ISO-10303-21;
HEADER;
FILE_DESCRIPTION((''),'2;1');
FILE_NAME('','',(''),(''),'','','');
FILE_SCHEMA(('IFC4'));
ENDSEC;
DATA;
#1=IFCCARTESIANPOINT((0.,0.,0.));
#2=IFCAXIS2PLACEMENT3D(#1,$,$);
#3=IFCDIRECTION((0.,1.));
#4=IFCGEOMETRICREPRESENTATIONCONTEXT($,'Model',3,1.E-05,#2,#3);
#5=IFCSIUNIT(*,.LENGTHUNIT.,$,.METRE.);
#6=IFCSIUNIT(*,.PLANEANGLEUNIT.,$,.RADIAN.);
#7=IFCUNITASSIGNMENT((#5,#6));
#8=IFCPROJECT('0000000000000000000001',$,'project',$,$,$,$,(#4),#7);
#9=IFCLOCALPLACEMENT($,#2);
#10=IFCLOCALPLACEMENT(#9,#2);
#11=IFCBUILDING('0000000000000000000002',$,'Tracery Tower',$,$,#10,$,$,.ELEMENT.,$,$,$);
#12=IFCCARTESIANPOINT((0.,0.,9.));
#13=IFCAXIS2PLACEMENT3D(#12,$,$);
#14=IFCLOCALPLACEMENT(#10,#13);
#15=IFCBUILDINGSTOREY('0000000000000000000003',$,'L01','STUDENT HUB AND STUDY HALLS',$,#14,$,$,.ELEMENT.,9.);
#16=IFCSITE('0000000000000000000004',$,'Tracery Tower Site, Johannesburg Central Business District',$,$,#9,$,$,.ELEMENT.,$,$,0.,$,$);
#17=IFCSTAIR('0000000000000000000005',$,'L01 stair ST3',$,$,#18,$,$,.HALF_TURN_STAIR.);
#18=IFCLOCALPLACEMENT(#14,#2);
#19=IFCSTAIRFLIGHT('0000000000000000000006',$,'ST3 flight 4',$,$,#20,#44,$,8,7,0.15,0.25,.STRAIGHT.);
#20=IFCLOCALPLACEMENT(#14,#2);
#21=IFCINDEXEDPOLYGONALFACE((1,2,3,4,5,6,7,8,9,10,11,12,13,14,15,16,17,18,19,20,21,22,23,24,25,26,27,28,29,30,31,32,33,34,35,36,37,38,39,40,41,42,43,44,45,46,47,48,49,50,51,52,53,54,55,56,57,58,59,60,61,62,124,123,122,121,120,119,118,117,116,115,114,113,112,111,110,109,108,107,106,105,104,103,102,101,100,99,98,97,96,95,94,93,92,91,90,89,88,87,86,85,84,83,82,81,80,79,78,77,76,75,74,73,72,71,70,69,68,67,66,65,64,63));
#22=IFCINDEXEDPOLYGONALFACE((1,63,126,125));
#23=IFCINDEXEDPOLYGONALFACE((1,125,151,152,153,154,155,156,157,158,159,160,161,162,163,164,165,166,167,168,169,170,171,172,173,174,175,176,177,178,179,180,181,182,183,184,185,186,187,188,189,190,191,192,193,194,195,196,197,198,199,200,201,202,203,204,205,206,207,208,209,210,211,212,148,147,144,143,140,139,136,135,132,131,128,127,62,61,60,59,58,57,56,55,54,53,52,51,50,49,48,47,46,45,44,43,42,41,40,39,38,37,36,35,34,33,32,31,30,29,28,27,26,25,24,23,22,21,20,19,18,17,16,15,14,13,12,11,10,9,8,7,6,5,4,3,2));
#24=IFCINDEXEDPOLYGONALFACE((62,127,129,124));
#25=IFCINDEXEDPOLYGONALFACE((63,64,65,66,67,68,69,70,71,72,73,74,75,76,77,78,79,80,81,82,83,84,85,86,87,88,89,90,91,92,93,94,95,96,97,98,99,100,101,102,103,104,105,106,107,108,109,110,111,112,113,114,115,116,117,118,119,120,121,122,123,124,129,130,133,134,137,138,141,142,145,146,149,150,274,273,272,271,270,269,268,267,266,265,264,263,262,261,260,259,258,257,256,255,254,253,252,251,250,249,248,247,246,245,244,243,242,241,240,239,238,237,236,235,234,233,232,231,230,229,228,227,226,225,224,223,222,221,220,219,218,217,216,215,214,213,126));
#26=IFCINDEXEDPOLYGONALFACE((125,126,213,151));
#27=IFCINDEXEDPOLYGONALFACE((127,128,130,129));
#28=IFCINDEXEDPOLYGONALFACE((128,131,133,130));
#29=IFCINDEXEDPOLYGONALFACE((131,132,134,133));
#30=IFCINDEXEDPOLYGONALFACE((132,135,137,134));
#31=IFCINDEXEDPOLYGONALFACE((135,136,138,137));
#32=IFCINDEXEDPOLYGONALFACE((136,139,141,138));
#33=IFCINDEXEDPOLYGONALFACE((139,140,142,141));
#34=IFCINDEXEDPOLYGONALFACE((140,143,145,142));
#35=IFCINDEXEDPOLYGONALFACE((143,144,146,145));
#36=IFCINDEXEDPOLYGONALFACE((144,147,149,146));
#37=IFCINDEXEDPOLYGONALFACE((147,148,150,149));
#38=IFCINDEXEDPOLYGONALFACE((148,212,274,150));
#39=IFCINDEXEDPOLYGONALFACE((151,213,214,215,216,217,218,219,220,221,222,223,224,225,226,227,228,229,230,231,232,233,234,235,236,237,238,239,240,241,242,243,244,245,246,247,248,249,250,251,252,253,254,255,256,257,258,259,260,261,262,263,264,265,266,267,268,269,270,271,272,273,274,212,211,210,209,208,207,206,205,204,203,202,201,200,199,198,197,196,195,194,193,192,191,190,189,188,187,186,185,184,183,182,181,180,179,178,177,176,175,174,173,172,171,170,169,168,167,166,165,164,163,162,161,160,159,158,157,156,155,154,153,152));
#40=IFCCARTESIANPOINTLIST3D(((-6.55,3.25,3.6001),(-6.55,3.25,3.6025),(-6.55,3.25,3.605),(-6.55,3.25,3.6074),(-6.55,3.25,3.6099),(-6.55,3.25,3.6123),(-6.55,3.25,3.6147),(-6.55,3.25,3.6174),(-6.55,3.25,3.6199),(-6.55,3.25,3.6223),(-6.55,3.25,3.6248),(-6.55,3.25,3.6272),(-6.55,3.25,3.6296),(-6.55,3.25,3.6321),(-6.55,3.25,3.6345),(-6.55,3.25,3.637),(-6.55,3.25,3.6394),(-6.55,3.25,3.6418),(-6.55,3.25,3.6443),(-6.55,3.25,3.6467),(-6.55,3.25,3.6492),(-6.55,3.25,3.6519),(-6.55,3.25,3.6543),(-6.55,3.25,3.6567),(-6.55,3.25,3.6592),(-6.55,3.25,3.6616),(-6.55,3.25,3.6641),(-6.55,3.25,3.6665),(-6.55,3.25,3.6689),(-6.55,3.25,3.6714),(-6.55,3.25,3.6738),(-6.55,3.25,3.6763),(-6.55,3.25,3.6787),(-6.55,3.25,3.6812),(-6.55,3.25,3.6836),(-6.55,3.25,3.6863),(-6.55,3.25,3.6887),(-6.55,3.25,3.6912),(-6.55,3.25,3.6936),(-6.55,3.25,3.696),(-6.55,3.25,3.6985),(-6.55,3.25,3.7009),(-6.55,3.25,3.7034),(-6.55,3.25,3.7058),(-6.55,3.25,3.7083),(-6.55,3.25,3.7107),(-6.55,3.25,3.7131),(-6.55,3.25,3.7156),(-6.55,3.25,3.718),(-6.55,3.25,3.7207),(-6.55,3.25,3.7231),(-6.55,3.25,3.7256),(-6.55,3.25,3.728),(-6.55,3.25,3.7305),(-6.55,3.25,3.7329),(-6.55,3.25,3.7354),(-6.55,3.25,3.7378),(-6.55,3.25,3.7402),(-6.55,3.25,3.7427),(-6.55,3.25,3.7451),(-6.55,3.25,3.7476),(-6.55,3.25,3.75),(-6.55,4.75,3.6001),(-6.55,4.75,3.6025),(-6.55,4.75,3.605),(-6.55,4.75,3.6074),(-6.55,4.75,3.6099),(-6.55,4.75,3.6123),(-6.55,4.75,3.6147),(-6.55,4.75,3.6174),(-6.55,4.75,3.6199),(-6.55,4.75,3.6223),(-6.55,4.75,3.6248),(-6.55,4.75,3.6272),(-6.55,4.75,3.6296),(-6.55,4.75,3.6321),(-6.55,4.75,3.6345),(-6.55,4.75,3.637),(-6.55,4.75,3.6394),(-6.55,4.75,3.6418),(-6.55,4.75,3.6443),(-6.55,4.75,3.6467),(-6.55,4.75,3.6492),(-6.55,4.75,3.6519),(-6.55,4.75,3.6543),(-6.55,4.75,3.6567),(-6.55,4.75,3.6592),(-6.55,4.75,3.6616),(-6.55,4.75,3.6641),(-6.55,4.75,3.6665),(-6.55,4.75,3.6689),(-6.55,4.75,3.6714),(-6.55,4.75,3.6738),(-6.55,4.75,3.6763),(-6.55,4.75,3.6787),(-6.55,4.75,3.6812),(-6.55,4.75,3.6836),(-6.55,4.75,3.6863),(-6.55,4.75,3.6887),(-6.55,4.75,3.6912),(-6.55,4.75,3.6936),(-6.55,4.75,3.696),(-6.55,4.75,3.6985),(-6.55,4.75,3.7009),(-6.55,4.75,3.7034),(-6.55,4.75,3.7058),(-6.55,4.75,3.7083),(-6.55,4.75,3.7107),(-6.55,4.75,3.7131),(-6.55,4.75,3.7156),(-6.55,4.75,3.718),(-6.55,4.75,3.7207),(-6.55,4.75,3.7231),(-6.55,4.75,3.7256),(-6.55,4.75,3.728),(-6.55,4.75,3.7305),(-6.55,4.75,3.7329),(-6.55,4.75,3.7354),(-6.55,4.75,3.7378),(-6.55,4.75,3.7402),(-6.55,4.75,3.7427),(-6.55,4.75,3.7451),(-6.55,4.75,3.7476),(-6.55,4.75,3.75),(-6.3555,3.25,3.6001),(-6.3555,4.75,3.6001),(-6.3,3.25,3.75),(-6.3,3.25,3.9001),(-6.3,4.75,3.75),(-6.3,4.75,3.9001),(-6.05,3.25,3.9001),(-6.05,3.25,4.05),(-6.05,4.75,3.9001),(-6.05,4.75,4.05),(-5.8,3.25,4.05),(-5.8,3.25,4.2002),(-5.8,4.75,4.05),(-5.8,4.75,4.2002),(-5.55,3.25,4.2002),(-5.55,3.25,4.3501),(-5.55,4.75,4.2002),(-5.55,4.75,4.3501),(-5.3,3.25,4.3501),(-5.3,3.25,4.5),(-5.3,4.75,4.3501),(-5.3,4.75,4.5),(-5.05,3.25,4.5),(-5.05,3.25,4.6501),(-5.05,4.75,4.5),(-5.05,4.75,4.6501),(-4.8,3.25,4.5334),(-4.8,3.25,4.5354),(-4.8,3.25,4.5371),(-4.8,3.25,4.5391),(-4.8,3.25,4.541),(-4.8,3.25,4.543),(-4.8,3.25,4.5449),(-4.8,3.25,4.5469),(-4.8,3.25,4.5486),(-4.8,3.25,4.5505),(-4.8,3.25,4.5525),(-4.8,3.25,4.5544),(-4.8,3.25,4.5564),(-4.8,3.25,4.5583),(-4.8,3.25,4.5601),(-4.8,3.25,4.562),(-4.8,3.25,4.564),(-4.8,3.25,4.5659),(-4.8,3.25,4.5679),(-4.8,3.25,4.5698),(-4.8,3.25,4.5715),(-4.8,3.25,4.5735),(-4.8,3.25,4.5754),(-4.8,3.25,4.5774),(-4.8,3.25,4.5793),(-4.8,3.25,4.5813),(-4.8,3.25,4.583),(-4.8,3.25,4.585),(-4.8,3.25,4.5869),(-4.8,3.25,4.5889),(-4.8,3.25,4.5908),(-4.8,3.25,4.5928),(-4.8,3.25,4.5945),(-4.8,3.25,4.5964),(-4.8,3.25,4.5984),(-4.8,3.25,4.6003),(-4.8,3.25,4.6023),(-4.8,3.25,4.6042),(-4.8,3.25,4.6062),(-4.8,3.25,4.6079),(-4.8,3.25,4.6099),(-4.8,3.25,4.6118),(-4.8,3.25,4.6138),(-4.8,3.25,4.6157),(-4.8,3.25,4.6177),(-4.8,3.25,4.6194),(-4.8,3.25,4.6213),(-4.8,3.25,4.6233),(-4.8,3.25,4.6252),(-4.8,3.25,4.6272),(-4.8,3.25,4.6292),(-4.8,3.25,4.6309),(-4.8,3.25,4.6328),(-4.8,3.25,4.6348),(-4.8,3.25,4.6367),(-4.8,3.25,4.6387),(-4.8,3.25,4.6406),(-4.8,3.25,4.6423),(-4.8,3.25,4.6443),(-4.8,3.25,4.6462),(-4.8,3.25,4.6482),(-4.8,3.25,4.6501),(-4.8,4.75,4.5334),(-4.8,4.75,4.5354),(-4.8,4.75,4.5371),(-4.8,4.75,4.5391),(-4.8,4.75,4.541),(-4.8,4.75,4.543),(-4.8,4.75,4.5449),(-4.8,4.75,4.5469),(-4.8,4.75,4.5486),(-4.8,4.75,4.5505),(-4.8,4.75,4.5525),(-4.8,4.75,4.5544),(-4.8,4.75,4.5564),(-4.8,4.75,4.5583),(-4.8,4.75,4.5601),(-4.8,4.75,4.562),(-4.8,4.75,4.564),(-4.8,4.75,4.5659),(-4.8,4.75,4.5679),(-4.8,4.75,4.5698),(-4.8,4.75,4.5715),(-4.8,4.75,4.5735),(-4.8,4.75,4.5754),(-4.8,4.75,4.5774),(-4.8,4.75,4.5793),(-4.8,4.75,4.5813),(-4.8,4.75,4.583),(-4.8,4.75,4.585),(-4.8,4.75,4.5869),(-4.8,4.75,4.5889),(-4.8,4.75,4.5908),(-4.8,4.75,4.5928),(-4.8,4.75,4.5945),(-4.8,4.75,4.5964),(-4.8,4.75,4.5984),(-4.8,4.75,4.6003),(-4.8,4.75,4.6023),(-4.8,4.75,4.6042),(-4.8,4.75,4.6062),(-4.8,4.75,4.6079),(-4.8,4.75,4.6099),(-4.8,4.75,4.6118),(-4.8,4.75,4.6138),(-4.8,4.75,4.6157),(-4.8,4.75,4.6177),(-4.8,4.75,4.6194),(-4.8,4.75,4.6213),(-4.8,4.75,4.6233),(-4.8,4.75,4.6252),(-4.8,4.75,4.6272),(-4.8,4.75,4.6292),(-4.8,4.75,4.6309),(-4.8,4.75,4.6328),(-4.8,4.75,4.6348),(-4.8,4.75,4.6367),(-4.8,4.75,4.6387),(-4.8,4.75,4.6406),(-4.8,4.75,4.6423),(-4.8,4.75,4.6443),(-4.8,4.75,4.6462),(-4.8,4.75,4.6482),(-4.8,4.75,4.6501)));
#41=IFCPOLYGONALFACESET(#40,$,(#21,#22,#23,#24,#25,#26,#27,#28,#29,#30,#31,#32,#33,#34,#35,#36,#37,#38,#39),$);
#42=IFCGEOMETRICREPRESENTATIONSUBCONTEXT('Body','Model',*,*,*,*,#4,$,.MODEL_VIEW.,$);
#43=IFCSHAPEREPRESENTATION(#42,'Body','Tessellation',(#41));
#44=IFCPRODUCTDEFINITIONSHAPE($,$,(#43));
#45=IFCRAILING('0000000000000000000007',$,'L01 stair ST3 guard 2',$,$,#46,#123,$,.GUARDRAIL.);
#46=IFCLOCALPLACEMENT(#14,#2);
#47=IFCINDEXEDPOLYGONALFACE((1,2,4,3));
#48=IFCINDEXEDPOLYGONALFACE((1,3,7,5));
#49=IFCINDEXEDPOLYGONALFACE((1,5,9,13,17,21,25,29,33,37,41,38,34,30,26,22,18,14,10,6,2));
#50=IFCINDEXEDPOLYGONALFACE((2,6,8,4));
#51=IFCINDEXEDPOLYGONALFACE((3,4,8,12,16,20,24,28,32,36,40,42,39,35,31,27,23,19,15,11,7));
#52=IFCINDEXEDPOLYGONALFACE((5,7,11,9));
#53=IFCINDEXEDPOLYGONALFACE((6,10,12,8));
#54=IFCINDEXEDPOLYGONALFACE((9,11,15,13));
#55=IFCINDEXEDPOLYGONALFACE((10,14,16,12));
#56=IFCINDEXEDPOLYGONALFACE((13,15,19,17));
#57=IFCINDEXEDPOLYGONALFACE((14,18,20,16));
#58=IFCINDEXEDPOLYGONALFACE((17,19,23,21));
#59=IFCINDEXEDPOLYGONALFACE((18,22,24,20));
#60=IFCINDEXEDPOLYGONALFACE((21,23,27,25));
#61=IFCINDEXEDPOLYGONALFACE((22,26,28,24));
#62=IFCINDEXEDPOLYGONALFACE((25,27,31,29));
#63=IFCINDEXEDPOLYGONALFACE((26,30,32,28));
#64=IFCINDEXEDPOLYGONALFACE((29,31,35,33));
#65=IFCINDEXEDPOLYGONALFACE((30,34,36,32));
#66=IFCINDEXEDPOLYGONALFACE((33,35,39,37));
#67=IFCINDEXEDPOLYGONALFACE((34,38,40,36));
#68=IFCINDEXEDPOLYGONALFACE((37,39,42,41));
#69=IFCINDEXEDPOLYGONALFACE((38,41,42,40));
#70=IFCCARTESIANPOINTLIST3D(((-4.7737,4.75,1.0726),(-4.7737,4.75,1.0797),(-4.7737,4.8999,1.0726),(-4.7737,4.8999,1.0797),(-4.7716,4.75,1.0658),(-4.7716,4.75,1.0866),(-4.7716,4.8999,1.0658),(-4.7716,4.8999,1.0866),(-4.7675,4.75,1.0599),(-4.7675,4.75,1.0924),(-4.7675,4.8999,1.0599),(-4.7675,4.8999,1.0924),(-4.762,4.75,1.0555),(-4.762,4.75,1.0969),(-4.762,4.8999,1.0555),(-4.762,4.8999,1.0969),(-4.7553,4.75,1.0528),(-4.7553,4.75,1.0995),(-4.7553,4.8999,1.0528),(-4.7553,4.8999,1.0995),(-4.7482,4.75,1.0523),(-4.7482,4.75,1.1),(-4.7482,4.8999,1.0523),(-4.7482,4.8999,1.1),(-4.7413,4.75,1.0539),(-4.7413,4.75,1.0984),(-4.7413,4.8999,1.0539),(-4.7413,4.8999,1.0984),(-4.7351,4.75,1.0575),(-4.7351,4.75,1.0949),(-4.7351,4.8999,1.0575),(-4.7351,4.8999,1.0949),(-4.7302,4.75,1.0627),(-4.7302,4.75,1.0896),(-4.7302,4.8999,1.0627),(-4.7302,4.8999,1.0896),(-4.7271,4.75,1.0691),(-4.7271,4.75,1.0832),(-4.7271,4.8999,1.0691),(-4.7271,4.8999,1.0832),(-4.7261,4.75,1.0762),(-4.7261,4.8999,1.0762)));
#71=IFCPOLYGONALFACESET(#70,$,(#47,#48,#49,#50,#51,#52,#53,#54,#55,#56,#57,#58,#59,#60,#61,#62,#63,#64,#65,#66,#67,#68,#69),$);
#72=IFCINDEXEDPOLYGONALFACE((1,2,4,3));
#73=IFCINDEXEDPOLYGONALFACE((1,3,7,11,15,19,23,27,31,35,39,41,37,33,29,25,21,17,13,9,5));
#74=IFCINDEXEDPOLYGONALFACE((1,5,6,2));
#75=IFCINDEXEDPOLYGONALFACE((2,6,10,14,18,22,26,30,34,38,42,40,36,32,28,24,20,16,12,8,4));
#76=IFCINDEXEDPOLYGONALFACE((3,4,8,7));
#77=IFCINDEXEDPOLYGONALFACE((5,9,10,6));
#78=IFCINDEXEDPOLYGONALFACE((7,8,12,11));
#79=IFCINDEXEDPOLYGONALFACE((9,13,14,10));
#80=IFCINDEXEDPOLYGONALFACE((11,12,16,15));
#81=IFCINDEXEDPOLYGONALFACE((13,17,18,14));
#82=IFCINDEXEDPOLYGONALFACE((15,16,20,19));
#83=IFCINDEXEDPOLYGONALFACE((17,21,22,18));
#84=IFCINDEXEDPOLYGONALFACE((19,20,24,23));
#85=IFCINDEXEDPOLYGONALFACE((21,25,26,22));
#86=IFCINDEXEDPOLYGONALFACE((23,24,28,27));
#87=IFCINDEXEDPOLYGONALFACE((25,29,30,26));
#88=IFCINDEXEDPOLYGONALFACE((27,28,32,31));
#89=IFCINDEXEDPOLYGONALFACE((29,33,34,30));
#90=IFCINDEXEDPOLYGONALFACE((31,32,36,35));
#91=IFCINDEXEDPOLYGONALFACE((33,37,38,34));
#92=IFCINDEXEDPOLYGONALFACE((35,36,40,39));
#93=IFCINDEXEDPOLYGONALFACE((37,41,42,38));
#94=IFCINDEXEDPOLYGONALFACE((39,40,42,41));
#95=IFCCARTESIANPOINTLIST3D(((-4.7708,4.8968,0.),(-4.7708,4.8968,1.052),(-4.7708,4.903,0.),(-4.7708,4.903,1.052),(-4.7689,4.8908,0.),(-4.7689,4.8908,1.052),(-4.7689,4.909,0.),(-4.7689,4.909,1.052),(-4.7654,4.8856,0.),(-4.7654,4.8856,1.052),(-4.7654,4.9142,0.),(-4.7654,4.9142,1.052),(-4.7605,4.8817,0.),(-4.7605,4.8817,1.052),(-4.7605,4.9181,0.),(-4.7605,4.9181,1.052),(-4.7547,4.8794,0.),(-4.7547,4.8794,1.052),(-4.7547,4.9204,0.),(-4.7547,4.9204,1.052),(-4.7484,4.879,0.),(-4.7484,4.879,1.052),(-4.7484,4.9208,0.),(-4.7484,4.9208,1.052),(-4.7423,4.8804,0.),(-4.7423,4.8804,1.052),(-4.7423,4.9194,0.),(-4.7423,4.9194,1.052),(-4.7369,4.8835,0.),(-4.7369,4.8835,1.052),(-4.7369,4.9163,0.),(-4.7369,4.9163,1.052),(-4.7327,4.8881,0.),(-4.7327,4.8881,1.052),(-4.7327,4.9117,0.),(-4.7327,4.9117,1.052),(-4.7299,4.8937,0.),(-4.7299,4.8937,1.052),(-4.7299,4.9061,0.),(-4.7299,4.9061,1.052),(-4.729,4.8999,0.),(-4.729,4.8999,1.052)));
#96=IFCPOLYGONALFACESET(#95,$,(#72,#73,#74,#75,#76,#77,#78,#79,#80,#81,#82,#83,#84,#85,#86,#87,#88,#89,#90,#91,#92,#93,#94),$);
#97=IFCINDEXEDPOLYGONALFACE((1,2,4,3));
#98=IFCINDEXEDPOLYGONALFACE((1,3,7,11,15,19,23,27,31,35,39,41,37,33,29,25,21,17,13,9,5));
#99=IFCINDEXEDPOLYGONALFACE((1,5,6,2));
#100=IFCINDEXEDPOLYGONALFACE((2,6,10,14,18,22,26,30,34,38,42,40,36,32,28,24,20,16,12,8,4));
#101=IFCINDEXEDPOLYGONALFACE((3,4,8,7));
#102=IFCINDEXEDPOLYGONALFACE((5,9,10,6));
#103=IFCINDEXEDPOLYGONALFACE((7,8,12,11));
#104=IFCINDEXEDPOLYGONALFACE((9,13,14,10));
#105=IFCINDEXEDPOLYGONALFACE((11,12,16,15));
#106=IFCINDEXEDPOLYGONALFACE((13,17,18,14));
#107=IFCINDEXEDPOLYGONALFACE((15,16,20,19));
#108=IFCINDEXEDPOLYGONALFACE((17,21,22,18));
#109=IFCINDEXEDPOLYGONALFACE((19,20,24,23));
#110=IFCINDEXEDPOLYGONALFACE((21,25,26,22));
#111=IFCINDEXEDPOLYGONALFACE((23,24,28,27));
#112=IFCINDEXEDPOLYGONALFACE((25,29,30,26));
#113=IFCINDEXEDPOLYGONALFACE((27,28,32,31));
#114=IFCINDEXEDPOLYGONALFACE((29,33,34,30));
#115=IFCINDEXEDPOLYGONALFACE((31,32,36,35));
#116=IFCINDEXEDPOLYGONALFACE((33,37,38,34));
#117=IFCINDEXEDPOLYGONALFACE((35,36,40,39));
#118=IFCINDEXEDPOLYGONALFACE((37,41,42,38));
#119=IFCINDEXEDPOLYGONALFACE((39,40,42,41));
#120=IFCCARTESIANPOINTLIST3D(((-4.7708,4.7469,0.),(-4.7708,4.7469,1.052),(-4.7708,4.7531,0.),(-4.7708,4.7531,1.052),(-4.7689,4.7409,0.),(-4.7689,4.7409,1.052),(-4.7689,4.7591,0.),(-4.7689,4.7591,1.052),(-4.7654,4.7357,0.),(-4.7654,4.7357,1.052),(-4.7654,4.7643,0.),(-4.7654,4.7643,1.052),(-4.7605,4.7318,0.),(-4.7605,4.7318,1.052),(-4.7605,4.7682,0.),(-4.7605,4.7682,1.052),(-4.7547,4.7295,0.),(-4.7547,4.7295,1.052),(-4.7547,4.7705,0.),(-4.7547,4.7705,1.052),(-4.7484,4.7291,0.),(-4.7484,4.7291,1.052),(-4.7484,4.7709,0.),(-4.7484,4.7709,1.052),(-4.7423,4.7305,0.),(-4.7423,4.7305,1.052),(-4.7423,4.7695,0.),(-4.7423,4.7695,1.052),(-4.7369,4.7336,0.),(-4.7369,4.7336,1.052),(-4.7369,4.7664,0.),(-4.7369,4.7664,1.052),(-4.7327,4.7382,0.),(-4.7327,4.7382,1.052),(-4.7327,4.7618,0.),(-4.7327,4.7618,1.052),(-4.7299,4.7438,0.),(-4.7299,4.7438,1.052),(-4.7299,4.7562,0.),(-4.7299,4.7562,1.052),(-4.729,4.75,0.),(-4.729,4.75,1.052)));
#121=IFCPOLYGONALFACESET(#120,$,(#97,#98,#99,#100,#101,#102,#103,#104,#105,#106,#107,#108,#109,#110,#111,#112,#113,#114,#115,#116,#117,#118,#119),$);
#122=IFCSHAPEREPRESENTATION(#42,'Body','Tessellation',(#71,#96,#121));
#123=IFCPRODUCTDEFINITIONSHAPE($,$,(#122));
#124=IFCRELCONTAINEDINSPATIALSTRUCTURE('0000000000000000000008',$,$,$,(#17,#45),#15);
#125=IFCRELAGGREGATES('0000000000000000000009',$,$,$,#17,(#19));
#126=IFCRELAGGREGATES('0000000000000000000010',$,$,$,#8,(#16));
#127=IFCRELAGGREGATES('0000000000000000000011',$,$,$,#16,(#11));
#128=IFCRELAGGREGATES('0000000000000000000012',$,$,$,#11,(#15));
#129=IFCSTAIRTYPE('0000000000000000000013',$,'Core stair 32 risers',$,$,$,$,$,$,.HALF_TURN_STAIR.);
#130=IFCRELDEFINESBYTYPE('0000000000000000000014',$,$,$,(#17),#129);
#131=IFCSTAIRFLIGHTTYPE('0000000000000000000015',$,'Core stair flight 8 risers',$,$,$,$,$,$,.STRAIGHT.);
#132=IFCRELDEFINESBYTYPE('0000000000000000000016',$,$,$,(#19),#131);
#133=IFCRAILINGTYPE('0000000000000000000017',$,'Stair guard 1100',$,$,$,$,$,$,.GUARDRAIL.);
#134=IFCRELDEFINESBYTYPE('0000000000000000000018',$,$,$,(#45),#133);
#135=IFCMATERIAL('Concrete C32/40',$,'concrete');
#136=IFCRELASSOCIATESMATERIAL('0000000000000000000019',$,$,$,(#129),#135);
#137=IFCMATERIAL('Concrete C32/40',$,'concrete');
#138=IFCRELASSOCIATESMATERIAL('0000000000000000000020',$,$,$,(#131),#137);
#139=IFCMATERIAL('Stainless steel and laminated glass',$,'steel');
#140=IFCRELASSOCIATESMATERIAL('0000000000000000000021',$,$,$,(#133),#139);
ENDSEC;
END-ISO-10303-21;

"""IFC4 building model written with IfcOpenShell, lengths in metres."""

from ifc_helpers import new_model, si_unit, direction, frame, origin, origin_2d, place, context, subcontext, project, spatial, polyline, circle, outline, extrude, material, type_object, element, aggregate, save


model = new_model("IFC4")

# Units and contexts
model_context = context("Model", 3, precision=1e-05, world=origin(), true_north=direction((0.0, 1.0)))
body_context = subcontext(model_context, "Body", "Model", "MODEL_VIEW")
ifc_project = project(units=[si_unit("LENGTHUNIT", "METRE"), si_unit("PLANEANGLEUNIT", "RADIAN")], contexts=[model_context])

# Site, building, storey
site_placement = place(None, origin())
site = spatial("IfcSite", under=ifc_project, at=site_placement, Name="Tracery Tower Site, Johannesburg Central Business District", CompositionType="ELEMENT", RefElevation=0.0)
building_placement = place(site_placement, origin())
building = spatial("IfcBuilding", under=site, at=building_placement, Name="Tracery Tower", CompositionType="ELEMENT")
storey_placement = place(building_placement, frame((0.0, 0.0, 9.0)))
storey = spatial("IfcBuildingStorey", under=building, at=storey_placement, Name="L01", Description="STUDENT HUB AND STUDY HALLS", CompositionType="ELEMENT", Elevation=9.0)

# Stair, stair flight
ifc_material_1 = material(Name="Concrete C32/40", Category="concrete")
stair_type = type_object("IfcStairType", Name="Core stair 32 risers", PredefinedType="HALF_TURN_STAIR", material=ifc_material_1)
stair_placement = place(storey_placement, origin())
stair = element("IfcStair", 1, at=stair_placement, inside=storey, type_object=stair_type, Name="L01 stair ST3", PredefinedType="HALF_TURN_STAIR")
ifc_material_2 = material(Name="Concrete C32/40", Category="concrete")
stair_flight_type = type_object("IfcStairFlightType", Name="Core stair flight 8 risers", PredefinedType="STRAIGHT", material=ifc_material_2)
stair_flight_1_placement = place(storey_placement, frame((-6.55, 4.0, 3.6001), z_axis=(0.0, 0.0, 1.0), x_axis=(1.0, 0.0, 0.0)))
stair_flight_1 = element("IfcStairFlight", 2, at=stair_flight_1_placement, type_object=stair_flight_type, Name="ST3 flight 4", NumberOfRisers=8, NumberOfTreads=7, PredefinedType="STRAIGHT", RiserHeight=0.15, TreadLength=0.25, context=body_context, shape_type="SweptSolid", body=[
    extrude(outline(polyline([(0.0, 0.0), (0.0, 0.0024), (0.0, 0.0049), (0.0, 0.0073), (0.0, 0.0098), (0.0, 0.0122), (0.0, 0.0146), (0.0, 0.0173), (0.0, 0.0198), (0.0, 0.0222), (0.0, 0.0247), (0.0, 0.0271), (0.0, 0.0295), (0.0, 0.032), (0.0, 0.0344), (0.0, 0.0369), (0.0, 0.0393), (0.0, 0.0417), (0.0, 0.0442), (0.0, 0.0466), (0.0, 0.0491), (0.0, 0.0518), (0.0, 0.0542), (0.0, 0.0566), (0.0, 0.0591), (0.0, 0.0615), (0.0, 0.064), (0.0, 0.0664), (0.0, 0.0688), (0.0, 0.0713), (0.0, 0.0737), (0.0, 0.0762), (0.0, 0.0786), (0.0, 0.0811), (0.0, 0.0835), (0.0, 0.0862), (0.0, 0.0886), (0.0, 0.0911), (0.0, 0.0935), (0.0, 0.0959), (0.0, 0.0984), (0.0, 0.1008), (0.0, 0.1033), (0.0, 0.1057), (0.0, 0.1082), (0.0, 0.1106), (0.0, 0.113), (0.0, 0.1155), (0.0, 0.1179), (0.0, 0.1206), (0.0, 0.123), (0.0, 0.1255), (0.0, 0.1279), (0.0, 0.1304), (0.0, 0.1328), (0.0, 0.1353), (0.0, 0.1377), (0.0, 0.1401), (0.0, 0.1426), (0.0, 0.145), (0.0, 0.1475), (0.0, 0.1499), (0.25, 0.1499), (0.25, 0.3), (0.5, 0.3), (0.5, 0.45), (0.75, 0.45), (0.75, 0.6001), (1.0, 0.6001), (1.0, 0.75), (1.25, 0.75), (1.25, 0.8999), (1.5, 0.8999), (1.5, 1.05), (1.75, 1.05), (1.75, 1.0481), (1.75, 1.0461), (1.75, 1.0442), (1.75, 1.0422), (1.75, 1.0405), (1.75, 1.0386), (1.75, 1.0366), (1.75, 1.0347), (1.75, 1.0327), (1.75, 1.0308), (1.75, 1.0291), (1.75, 1.0271), (1.75, 1.0251), (1.75, 1.0232), (1.75, 1.0212), (1.75, 1.0193), (1.75, 1.0176), (1.75, 1.0156), (1.75, 1.0137), (1.75, 1.0117), (1.75, 1.0098), (1.75, 1.0078), (1.75, 1.0061), (1.75, 1.0042), (1.75, 1.0022), (1.75, 1.0002), (1.75, 0.9983), (1.75, 0.9963), (1.75, 0.9944), (1.75, 0.9927), (1.75, 0.9907), (1.75, 0.9888), (1.75, 0.9868), (1.75, 0.9849), (1.75, 0.9829), (1.75, 0.9812), (1.75, 0.9792), (1.75, 0.9773), (1.75, 0.9753), (1.75, 0.9734), (1.75, 0.9714), (1.75, 0.9697), (1.75, 0.9678), (1.75, 0.9658), (1.75, 0.9639), (1.75, 0.9619), (1.75, 0.96), (1.75, 0.9583), (1.75, 0.9563), (1.75, 0.9543), (1.75, 0.9524), (1.75, 0.9504), (1.75, 0.9485), (1.75, 0.9468), (1.75, 0.9448), (1.75, 0.9429), (1.75, 0.9409), (1.75, 0.939), (1.75, 0.937), (1.75, 0.9353), (1.75, 0.9333), (0.1946, 0.0), (0.0, 0.0)])), frame((0.0, 0.75, 0.0), z_axis=(0.0, -1.0, 0.0), x_axis=(1.0, 0.0, 0.0)), (0.0, 0.0, 1.0), 1.5),
])
aggregate(stair, [stair_flight_1])

# Railing
ifc_material_3 = material(Name="Stainless steel and laminated glass", Category="steel")
railing_type_1 = type_object("IfcRailingType", Name="Stair guard 1100", PredefinedType="GUARDRAIL", material=ifc_material_3)
railing_1_placement = place(storey_placement, frame((-4.75, 4.8999, 0.0)))
element("IfcRailing", 3, at=railing_1_placement, inside=storey, type_object=railing_type_1, Name="L01 stair ST3 guard 2", PredefinedType="GUARDRAIL", context=body_context, shape_type="SweptSolid", body=[
    extrude(circle(Radius=0.0239, at=origin_2d()), frame((0.0, 0.0, 1.0762), z_axis=(0.0, -1.0, 0.0), x_axis=(1.0, 0.0, 0.0)), (0.0, 0.0, 1.0), 0.1499),
    extrude(circle(Radius=0.021, at=origin_2d()), origin(), (0.0, 0.0, 1.0), 1.052),
    extrude(circle(Radius=0.021, at=origin_2d()), frame((0.0, -0.1499, 0.0)), (0.0, 0.0, 1.0), 1.052),
])

save(model, "model.ifc")
